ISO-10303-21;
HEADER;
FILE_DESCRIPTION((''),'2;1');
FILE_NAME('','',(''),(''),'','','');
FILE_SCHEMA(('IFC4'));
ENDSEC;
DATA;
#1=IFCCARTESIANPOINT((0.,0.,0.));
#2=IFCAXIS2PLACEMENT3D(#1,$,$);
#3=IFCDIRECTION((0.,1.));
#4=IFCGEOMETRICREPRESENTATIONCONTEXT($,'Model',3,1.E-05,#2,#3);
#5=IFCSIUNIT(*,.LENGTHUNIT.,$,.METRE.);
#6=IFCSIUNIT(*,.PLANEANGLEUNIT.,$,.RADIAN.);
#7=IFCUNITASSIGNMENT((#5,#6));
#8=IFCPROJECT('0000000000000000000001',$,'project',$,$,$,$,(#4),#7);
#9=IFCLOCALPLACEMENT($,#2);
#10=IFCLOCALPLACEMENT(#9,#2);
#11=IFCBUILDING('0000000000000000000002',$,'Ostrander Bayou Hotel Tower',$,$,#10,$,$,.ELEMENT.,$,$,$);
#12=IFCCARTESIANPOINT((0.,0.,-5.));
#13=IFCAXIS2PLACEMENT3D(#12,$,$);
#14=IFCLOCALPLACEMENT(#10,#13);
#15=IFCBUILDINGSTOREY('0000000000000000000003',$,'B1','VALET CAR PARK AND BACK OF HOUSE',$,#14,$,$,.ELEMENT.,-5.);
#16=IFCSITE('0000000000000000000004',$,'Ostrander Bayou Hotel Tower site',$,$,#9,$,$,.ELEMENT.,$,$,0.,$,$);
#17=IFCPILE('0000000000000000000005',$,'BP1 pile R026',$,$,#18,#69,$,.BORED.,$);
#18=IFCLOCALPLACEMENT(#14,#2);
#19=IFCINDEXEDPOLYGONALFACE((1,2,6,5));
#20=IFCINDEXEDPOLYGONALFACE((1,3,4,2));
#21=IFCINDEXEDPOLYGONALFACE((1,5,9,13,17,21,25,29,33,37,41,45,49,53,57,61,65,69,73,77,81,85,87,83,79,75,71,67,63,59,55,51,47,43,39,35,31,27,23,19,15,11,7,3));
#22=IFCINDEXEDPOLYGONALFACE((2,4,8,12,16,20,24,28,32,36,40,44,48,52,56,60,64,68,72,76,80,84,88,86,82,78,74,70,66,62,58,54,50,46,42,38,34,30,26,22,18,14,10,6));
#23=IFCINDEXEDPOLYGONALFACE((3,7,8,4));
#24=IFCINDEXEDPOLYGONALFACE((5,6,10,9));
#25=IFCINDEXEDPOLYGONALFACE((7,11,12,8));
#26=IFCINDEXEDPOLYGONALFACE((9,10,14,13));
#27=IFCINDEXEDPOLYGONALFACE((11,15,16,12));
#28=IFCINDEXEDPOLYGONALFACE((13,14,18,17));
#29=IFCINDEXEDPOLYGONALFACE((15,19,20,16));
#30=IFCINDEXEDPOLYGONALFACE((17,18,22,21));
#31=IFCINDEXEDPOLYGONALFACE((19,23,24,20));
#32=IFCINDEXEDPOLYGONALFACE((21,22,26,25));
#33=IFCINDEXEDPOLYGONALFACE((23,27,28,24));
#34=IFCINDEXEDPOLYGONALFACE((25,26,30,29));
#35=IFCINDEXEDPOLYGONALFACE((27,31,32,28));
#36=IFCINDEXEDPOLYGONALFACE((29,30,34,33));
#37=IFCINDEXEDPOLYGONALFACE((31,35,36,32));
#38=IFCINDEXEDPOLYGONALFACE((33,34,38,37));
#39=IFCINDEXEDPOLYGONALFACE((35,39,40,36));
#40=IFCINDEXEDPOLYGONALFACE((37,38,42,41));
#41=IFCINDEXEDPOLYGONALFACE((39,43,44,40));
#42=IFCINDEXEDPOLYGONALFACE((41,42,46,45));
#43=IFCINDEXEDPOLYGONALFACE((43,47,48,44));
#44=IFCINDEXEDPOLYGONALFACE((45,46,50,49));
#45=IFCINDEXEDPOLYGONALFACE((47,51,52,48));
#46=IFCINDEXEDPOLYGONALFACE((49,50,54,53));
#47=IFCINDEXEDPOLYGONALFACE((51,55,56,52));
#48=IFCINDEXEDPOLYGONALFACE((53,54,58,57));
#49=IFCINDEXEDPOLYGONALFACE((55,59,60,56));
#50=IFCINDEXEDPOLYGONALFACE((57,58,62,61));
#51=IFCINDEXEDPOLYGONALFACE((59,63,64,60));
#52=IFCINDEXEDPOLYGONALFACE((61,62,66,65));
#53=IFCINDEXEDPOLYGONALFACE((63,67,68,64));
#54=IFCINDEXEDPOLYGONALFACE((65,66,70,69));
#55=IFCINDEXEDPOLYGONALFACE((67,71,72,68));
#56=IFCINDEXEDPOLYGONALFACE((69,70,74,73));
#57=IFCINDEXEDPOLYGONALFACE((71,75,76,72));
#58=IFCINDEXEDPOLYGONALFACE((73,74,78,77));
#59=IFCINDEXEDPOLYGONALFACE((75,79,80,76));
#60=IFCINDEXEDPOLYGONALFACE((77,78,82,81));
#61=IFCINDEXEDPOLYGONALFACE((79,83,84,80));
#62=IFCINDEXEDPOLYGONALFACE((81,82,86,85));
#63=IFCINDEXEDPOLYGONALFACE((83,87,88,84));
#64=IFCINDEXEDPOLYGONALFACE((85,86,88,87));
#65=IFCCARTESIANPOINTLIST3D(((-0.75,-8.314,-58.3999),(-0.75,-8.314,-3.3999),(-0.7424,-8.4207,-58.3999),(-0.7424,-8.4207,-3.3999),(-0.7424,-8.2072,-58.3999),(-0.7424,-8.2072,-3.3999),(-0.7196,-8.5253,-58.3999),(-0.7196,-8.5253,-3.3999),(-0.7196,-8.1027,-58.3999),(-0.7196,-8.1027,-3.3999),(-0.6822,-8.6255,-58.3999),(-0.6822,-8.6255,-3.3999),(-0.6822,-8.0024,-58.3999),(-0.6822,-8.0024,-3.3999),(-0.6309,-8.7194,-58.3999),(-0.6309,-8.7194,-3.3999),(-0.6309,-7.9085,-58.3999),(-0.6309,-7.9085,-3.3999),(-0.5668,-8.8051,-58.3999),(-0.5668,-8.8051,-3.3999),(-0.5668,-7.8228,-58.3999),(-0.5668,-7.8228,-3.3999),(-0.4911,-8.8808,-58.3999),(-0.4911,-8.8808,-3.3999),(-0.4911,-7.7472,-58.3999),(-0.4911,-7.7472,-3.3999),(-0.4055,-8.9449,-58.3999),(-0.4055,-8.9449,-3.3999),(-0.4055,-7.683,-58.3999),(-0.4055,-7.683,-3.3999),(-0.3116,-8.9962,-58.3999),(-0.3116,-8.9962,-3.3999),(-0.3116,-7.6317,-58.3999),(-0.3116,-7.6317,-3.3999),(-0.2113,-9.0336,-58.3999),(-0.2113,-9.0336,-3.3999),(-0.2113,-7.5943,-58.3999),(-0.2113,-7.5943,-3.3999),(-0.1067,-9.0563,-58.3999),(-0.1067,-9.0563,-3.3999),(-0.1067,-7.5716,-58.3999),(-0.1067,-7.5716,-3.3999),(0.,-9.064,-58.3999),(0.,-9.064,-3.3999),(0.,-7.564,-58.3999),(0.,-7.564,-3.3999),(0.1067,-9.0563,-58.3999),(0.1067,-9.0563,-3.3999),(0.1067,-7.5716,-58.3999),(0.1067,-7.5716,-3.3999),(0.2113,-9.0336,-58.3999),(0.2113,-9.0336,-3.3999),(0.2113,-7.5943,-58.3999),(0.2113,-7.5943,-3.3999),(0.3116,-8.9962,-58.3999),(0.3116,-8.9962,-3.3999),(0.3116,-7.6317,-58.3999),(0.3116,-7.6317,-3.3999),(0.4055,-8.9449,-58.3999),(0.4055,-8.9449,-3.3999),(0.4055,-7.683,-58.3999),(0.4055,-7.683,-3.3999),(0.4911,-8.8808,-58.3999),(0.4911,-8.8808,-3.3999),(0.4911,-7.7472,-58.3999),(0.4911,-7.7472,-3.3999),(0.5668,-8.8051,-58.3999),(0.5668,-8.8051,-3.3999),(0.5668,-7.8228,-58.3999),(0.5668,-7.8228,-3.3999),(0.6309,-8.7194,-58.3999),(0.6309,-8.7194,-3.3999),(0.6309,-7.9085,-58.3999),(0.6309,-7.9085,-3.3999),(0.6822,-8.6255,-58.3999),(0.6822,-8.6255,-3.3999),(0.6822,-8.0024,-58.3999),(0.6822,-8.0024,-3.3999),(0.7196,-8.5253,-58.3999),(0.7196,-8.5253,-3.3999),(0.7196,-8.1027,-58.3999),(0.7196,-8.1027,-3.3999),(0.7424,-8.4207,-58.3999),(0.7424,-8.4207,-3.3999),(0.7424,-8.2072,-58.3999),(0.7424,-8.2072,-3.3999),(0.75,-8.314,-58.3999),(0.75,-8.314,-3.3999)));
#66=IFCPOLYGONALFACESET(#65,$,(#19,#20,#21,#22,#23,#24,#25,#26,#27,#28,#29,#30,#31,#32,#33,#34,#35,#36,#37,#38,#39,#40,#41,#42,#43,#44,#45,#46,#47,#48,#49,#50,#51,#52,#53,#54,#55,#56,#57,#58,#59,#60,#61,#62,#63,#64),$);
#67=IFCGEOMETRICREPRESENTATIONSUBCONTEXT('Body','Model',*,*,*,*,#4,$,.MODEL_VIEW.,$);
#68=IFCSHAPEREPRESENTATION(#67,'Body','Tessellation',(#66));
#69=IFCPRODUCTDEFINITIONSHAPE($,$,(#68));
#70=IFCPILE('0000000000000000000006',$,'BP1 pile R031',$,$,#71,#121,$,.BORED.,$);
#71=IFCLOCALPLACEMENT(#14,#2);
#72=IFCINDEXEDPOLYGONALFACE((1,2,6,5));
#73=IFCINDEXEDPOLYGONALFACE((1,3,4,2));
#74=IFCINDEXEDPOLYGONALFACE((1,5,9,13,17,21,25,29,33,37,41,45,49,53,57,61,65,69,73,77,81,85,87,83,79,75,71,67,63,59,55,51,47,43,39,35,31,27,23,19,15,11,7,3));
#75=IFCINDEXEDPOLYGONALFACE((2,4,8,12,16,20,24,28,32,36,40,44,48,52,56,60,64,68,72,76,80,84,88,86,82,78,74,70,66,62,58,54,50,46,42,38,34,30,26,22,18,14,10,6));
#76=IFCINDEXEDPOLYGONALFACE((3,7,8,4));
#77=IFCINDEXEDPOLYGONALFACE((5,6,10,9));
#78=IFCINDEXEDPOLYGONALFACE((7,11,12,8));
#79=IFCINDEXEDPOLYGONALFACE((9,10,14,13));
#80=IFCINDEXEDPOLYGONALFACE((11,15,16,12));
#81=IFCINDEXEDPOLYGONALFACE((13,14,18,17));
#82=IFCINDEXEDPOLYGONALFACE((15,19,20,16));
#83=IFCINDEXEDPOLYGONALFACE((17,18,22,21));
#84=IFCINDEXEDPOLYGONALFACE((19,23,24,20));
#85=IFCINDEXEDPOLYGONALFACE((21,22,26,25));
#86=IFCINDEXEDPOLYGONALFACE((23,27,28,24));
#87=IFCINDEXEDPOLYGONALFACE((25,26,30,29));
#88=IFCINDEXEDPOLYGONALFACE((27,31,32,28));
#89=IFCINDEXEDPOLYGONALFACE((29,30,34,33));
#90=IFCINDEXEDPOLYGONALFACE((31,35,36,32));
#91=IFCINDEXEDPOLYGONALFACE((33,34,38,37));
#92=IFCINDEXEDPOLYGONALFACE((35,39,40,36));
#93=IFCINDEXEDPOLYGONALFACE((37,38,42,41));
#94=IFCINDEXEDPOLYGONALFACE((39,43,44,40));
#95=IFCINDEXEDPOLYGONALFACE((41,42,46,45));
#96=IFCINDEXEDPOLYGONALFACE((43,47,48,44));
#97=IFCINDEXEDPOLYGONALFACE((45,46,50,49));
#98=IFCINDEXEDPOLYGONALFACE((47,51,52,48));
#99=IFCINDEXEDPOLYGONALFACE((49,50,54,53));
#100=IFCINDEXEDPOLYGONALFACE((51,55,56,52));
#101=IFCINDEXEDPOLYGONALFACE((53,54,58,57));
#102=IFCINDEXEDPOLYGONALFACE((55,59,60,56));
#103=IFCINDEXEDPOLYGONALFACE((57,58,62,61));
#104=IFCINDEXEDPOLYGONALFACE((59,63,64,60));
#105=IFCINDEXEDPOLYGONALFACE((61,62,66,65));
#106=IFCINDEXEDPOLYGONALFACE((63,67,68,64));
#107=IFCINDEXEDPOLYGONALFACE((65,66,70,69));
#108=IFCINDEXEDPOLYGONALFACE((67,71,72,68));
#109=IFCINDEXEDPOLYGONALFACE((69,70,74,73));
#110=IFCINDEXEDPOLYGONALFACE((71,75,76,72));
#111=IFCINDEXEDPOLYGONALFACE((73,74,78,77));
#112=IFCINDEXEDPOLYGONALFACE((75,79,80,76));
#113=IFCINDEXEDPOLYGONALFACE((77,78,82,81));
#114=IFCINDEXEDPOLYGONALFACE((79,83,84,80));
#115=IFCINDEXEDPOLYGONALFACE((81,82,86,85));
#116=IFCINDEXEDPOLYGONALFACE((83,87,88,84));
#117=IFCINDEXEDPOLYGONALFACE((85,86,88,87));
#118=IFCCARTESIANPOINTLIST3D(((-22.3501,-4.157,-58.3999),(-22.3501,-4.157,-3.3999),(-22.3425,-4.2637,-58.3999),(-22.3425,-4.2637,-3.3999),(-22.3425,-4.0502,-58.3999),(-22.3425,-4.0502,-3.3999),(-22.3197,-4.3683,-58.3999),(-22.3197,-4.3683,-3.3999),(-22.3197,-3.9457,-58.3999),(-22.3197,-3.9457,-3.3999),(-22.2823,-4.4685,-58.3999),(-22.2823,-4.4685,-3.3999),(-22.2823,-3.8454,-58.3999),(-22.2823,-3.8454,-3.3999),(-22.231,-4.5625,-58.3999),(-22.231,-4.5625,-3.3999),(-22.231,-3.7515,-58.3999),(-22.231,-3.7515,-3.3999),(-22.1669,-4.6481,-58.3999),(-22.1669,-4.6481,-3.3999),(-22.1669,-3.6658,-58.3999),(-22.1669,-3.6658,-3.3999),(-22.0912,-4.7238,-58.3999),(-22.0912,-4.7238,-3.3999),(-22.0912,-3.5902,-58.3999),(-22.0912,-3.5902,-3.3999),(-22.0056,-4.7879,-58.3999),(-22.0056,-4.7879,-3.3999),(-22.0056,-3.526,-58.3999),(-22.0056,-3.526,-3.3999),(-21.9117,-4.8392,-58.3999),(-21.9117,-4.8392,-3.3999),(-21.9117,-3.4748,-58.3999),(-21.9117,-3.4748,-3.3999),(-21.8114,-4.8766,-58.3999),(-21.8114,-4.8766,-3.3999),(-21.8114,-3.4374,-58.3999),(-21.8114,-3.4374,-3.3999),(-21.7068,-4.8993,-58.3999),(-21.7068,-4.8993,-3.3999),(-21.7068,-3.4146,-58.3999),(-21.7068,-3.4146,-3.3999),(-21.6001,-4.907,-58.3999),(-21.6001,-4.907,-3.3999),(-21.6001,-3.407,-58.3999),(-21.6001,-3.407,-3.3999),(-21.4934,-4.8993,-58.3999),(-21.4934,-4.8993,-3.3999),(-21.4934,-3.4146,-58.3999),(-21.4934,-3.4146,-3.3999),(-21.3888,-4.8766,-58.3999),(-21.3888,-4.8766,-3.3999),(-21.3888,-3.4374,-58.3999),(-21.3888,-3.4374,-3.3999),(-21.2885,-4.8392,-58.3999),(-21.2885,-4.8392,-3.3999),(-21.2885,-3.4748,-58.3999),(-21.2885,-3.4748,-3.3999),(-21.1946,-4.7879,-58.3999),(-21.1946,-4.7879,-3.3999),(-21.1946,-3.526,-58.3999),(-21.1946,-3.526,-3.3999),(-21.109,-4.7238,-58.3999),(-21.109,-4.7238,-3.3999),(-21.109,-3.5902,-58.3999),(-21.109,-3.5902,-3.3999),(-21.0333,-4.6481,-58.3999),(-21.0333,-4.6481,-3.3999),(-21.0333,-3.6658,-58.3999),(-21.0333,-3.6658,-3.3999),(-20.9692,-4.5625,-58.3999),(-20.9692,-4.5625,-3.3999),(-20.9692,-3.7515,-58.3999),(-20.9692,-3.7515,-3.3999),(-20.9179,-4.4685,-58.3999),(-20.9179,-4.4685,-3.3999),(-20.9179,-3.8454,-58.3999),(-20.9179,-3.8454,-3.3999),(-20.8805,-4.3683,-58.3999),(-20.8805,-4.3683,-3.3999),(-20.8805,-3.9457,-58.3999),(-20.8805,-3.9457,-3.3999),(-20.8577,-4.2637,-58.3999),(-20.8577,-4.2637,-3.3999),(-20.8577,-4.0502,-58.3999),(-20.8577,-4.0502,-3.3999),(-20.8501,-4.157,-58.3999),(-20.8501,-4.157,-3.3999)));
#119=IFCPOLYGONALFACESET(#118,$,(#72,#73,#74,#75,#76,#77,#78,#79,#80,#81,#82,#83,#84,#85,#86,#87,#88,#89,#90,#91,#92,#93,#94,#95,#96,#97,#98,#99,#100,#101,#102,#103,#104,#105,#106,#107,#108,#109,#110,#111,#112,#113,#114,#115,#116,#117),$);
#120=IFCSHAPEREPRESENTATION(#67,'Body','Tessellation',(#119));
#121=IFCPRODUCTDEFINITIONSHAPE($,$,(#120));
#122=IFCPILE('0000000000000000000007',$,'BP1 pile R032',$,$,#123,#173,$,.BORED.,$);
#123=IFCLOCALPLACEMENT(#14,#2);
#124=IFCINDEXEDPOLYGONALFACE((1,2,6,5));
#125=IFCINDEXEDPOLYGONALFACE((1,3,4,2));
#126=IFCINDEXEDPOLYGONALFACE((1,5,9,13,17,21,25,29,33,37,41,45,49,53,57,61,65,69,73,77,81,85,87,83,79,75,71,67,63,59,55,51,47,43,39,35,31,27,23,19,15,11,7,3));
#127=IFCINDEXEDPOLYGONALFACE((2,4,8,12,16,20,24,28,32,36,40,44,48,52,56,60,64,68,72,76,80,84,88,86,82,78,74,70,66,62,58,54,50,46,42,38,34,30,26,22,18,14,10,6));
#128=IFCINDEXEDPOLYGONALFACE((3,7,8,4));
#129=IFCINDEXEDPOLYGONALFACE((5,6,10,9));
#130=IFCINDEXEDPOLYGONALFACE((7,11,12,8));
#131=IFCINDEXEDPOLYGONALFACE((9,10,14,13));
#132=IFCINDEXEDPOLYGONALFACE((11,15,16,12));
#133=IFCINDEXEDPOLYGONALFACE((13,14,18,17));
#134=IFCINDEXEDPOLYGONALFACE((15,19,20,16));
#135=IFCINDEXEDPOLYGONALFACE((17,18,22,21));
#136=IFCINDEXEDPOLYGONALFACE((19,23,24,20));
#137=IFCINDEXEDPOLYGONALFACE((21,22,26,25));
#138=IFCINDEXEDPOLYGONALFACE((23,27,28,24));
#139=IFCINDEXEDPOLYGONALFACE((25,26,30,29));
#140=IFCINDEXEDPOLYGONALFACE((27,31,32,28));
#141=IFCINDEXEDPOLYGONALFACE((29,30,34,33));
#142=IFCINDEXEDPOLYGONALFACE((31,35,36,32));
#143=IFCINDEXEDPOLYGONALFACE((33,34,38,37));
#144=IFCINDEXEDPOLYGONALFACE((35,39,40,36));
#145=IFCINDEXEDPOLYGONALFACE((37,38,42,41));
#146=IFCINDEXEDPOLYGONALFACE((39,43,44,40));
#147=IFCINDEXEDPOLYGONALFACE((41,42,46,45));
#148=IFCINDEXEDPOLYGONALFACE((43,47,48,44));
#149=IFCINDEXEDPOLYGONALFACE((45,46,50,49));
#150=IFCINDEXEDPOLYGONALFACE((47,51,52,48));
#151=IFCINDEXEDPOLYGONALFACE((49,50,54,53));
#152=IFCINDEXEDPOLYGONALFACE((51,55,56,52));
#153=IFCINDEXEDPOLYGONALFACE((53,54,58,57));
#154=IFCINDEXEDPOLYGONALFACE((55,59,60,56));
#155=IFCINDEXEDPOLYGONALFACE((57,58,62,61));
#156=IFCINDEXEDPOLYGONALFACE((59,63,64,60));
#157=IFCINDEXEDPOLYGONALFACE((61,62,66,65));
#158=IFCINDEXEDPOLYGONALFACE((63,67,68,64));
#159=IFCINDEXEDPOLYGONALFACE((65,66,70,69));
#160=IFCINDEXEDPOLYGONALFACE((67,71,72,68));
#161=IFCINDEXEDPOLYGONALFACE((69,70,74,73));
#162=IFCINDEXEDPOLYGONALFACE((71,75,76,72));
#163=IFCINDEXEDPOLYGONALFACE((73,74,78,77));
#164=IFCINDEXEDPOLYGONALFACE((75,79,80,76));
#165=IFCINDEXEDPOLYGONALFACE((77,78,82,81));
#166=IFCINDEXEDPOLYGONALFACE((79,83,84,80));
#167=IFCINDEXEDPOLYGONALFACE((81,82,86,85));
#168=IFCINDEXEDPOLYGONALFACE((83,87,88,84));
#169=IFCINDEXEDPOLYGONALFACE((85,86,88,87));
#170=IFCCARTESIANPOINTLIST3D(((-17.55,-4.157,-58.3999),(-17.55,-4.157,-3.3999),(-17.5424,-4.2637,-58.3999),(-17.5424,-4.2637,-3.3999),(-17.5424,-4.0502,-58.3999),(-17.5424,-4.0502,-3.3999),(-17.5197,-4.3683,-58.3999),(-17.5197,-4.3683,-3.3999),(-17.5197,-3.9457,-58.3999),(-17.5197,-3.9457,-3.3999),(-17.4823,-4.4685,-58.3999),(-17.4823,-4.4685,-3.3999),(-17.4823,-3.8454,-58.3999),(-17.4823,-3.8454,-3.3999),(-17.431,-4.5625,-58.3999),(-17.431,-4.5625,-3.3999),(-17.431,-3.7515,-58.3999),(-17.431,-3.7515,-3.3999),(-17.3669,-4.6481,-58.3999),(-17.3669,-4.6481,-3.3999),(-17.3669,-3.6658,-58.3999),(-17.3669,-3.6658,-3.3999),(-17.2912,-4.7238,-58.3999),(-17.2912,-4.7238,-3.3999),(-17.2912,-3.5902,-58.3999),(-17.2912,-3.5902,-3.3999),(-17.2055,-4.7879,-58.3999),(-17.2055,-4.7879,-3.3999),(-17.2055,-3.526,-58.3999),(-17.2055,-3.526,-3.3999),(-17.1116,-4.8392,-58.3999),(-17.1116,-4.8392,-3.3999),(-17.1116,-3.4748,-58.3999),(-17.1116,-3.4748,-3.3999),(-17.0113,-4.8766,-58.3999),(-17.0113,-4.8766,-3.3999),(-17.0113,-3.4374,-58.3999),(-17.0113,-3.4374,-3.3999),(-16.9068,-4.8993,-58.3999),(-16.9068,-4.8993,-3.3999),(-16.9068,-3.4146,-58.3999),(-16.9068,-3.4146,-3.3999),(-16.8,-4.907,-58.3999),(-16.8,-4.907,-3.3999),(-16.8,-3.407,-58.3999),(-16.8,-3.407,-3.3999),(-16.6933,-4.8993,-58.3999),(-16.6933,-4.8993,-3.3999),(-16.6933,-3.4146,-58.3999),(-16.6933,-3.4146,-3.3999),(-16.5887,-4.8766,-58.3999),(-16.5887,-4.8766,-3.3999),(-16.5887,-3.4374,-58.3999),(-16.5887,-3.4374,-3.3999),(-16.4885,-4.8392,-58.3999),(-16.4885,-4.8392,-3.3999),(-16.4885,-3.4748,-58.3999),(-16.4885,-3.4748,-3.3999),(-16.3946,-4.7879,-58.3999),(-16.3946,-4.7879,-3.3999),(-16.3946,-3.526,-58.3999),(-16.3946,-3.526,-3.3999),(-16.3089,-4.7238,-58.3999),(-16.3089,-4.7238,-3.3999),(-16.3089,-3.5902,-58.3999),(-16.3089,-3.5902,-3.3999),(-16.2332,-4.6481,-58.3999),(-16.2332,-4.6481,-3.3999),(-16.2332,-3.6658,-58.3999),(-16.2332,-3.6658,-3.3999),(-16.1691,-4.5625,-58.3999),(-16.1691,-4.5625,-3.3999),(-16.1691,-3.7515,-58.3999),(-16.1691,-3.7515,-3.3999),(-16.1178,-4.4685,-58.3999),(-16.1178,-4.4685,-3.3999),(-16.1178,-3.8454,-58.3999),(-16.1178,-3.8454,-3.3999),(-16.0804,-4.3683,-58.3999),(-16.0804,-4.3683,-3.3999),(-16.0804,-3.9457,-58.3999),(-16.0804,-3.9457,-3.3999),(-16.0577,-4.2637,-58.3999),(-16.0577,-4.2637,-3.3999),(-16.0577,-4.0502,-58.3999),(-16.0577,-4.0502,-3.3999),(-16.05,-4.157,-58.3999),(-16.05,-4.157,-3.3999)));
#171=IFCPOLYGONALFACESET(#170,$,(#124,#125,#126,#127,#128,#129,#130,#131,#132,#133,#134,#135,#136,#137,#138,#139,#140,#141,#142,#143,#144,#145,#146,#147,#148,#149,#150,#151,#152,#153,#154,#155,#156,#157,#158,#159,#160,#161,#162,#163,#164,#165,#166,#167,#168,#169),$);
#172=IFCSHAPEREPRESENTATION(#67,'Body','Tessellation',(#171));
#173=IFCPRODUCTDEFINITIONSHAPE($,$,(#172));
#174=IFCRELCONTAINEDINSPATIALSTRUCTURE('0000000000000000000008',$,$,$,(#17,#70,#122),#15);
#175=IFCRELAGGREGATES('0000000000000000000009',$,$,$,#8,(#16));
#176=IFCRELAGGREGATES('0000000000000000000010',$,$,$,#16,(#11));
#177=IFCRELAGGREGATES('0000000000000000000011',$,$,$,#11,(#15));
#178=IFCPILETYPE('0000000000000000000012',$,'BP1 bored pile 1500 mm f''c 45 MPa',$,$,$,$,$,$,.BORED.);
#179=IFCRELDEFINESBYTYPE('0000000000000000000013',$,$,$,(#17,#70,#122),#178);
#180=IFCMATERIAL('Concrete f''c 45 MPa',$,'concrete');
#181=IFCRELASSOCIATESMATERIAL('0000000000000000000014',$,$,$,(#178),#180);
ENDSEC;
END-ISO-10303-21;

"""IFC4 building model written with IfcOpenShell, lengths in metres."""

from ifc_helpers import new_model, si_unit, direction, frame, origin, origin_2d, place, context, subcontext, project, spatial, circle, extrude, material, material_profile, profile_set, type_object, element, save


model = new_model("IFC4")

# Units and contexts
model_context = context("Model", 3, precision=1e-05, world=origin(), true_north=direction((0.0, 1.0)))
body_context = subcontext(model_context, "Body", "Model", "MODEL_VIEW")
ifc_project = project(units=[si_unit("LENGTHUNIT", "METRE"), si_unit("PLANEANGLEUNIT", "RADIAN")], contexts=[model_context])

# Site, building, storey
site_placement = place(None, origin())
site = spatial("IfcSite", under=ifc_project, at=site_placement, Name="Ostrander Bayou Hotel Tower site", CompositionType="ELEMENT", RefElevation=0.0)
building_placement = place(site_placement, origin())
building = spatial("IfcBuilding", under=site, at=building_placement, Name="Ostrander Bayou Hotel Tower", CompositionType="ELEMENT")
storey_placement = place(building_placement, frame((0.0, 0.0, -5.0)))
storey = spatial("IfcBuildingStorey", under=building, at=storey_placement, Name="B1", Description="VALET CAR PARK AND BACK OF HOUSE", CompositionType="ELEMENT", Elevation=-5.0)

# Piles
ifc_material_1 = material(Name="Concrete f'c 45 MPa", Category="concrete")
ifc_material_profile_1 = material_profile(ifc_material_1, circle(Radius=0.75, at=origin_2d()))
ifc_profile_set_1 = profile_set([ifc_material_profile_1], Name="Concrete f'c 45 MPa")
pile_type = type_object("IfcPileType", Name="BP1 bored pile 1500 mm f'c 45 MPa", PredefinedType="BORED", material=ifc_profile_set_1)
for number, where, z_axis, x_axis, name in (
    (1, (0.0, -8.314, -3.3999), (0.0, 0.0, -1.0), (1.0, 0.0, 0.0), "BP1 pile R026"),
    (2, (-21.6001, -4.157, -3.3999), (0.0, 0.0, -1.0), (1.0, 0.0, 0.0), "BP1 pile R031"),
    (3, (-16.8, -4.157, -3.3999), (0.0, 0.0, -1.0), (1.0, 0.0, 0.0), "BP1 pile R032"),
):
    element("IfcPile", number, at=place(storey_placement, frame(where, z_axis=z_axis, x_axis=x_axis)), inside=storey, type_object=pile_type, Name=name, PredefinedType="BORED", context=body_context, shape_type="SweptSolid", body=[
        extrude(circle(Radius=0.75, at=origin_2d()), origin(), (0.0, 0.0, 1.0), 55.0),
    ])

save(model, "model.ifc")
